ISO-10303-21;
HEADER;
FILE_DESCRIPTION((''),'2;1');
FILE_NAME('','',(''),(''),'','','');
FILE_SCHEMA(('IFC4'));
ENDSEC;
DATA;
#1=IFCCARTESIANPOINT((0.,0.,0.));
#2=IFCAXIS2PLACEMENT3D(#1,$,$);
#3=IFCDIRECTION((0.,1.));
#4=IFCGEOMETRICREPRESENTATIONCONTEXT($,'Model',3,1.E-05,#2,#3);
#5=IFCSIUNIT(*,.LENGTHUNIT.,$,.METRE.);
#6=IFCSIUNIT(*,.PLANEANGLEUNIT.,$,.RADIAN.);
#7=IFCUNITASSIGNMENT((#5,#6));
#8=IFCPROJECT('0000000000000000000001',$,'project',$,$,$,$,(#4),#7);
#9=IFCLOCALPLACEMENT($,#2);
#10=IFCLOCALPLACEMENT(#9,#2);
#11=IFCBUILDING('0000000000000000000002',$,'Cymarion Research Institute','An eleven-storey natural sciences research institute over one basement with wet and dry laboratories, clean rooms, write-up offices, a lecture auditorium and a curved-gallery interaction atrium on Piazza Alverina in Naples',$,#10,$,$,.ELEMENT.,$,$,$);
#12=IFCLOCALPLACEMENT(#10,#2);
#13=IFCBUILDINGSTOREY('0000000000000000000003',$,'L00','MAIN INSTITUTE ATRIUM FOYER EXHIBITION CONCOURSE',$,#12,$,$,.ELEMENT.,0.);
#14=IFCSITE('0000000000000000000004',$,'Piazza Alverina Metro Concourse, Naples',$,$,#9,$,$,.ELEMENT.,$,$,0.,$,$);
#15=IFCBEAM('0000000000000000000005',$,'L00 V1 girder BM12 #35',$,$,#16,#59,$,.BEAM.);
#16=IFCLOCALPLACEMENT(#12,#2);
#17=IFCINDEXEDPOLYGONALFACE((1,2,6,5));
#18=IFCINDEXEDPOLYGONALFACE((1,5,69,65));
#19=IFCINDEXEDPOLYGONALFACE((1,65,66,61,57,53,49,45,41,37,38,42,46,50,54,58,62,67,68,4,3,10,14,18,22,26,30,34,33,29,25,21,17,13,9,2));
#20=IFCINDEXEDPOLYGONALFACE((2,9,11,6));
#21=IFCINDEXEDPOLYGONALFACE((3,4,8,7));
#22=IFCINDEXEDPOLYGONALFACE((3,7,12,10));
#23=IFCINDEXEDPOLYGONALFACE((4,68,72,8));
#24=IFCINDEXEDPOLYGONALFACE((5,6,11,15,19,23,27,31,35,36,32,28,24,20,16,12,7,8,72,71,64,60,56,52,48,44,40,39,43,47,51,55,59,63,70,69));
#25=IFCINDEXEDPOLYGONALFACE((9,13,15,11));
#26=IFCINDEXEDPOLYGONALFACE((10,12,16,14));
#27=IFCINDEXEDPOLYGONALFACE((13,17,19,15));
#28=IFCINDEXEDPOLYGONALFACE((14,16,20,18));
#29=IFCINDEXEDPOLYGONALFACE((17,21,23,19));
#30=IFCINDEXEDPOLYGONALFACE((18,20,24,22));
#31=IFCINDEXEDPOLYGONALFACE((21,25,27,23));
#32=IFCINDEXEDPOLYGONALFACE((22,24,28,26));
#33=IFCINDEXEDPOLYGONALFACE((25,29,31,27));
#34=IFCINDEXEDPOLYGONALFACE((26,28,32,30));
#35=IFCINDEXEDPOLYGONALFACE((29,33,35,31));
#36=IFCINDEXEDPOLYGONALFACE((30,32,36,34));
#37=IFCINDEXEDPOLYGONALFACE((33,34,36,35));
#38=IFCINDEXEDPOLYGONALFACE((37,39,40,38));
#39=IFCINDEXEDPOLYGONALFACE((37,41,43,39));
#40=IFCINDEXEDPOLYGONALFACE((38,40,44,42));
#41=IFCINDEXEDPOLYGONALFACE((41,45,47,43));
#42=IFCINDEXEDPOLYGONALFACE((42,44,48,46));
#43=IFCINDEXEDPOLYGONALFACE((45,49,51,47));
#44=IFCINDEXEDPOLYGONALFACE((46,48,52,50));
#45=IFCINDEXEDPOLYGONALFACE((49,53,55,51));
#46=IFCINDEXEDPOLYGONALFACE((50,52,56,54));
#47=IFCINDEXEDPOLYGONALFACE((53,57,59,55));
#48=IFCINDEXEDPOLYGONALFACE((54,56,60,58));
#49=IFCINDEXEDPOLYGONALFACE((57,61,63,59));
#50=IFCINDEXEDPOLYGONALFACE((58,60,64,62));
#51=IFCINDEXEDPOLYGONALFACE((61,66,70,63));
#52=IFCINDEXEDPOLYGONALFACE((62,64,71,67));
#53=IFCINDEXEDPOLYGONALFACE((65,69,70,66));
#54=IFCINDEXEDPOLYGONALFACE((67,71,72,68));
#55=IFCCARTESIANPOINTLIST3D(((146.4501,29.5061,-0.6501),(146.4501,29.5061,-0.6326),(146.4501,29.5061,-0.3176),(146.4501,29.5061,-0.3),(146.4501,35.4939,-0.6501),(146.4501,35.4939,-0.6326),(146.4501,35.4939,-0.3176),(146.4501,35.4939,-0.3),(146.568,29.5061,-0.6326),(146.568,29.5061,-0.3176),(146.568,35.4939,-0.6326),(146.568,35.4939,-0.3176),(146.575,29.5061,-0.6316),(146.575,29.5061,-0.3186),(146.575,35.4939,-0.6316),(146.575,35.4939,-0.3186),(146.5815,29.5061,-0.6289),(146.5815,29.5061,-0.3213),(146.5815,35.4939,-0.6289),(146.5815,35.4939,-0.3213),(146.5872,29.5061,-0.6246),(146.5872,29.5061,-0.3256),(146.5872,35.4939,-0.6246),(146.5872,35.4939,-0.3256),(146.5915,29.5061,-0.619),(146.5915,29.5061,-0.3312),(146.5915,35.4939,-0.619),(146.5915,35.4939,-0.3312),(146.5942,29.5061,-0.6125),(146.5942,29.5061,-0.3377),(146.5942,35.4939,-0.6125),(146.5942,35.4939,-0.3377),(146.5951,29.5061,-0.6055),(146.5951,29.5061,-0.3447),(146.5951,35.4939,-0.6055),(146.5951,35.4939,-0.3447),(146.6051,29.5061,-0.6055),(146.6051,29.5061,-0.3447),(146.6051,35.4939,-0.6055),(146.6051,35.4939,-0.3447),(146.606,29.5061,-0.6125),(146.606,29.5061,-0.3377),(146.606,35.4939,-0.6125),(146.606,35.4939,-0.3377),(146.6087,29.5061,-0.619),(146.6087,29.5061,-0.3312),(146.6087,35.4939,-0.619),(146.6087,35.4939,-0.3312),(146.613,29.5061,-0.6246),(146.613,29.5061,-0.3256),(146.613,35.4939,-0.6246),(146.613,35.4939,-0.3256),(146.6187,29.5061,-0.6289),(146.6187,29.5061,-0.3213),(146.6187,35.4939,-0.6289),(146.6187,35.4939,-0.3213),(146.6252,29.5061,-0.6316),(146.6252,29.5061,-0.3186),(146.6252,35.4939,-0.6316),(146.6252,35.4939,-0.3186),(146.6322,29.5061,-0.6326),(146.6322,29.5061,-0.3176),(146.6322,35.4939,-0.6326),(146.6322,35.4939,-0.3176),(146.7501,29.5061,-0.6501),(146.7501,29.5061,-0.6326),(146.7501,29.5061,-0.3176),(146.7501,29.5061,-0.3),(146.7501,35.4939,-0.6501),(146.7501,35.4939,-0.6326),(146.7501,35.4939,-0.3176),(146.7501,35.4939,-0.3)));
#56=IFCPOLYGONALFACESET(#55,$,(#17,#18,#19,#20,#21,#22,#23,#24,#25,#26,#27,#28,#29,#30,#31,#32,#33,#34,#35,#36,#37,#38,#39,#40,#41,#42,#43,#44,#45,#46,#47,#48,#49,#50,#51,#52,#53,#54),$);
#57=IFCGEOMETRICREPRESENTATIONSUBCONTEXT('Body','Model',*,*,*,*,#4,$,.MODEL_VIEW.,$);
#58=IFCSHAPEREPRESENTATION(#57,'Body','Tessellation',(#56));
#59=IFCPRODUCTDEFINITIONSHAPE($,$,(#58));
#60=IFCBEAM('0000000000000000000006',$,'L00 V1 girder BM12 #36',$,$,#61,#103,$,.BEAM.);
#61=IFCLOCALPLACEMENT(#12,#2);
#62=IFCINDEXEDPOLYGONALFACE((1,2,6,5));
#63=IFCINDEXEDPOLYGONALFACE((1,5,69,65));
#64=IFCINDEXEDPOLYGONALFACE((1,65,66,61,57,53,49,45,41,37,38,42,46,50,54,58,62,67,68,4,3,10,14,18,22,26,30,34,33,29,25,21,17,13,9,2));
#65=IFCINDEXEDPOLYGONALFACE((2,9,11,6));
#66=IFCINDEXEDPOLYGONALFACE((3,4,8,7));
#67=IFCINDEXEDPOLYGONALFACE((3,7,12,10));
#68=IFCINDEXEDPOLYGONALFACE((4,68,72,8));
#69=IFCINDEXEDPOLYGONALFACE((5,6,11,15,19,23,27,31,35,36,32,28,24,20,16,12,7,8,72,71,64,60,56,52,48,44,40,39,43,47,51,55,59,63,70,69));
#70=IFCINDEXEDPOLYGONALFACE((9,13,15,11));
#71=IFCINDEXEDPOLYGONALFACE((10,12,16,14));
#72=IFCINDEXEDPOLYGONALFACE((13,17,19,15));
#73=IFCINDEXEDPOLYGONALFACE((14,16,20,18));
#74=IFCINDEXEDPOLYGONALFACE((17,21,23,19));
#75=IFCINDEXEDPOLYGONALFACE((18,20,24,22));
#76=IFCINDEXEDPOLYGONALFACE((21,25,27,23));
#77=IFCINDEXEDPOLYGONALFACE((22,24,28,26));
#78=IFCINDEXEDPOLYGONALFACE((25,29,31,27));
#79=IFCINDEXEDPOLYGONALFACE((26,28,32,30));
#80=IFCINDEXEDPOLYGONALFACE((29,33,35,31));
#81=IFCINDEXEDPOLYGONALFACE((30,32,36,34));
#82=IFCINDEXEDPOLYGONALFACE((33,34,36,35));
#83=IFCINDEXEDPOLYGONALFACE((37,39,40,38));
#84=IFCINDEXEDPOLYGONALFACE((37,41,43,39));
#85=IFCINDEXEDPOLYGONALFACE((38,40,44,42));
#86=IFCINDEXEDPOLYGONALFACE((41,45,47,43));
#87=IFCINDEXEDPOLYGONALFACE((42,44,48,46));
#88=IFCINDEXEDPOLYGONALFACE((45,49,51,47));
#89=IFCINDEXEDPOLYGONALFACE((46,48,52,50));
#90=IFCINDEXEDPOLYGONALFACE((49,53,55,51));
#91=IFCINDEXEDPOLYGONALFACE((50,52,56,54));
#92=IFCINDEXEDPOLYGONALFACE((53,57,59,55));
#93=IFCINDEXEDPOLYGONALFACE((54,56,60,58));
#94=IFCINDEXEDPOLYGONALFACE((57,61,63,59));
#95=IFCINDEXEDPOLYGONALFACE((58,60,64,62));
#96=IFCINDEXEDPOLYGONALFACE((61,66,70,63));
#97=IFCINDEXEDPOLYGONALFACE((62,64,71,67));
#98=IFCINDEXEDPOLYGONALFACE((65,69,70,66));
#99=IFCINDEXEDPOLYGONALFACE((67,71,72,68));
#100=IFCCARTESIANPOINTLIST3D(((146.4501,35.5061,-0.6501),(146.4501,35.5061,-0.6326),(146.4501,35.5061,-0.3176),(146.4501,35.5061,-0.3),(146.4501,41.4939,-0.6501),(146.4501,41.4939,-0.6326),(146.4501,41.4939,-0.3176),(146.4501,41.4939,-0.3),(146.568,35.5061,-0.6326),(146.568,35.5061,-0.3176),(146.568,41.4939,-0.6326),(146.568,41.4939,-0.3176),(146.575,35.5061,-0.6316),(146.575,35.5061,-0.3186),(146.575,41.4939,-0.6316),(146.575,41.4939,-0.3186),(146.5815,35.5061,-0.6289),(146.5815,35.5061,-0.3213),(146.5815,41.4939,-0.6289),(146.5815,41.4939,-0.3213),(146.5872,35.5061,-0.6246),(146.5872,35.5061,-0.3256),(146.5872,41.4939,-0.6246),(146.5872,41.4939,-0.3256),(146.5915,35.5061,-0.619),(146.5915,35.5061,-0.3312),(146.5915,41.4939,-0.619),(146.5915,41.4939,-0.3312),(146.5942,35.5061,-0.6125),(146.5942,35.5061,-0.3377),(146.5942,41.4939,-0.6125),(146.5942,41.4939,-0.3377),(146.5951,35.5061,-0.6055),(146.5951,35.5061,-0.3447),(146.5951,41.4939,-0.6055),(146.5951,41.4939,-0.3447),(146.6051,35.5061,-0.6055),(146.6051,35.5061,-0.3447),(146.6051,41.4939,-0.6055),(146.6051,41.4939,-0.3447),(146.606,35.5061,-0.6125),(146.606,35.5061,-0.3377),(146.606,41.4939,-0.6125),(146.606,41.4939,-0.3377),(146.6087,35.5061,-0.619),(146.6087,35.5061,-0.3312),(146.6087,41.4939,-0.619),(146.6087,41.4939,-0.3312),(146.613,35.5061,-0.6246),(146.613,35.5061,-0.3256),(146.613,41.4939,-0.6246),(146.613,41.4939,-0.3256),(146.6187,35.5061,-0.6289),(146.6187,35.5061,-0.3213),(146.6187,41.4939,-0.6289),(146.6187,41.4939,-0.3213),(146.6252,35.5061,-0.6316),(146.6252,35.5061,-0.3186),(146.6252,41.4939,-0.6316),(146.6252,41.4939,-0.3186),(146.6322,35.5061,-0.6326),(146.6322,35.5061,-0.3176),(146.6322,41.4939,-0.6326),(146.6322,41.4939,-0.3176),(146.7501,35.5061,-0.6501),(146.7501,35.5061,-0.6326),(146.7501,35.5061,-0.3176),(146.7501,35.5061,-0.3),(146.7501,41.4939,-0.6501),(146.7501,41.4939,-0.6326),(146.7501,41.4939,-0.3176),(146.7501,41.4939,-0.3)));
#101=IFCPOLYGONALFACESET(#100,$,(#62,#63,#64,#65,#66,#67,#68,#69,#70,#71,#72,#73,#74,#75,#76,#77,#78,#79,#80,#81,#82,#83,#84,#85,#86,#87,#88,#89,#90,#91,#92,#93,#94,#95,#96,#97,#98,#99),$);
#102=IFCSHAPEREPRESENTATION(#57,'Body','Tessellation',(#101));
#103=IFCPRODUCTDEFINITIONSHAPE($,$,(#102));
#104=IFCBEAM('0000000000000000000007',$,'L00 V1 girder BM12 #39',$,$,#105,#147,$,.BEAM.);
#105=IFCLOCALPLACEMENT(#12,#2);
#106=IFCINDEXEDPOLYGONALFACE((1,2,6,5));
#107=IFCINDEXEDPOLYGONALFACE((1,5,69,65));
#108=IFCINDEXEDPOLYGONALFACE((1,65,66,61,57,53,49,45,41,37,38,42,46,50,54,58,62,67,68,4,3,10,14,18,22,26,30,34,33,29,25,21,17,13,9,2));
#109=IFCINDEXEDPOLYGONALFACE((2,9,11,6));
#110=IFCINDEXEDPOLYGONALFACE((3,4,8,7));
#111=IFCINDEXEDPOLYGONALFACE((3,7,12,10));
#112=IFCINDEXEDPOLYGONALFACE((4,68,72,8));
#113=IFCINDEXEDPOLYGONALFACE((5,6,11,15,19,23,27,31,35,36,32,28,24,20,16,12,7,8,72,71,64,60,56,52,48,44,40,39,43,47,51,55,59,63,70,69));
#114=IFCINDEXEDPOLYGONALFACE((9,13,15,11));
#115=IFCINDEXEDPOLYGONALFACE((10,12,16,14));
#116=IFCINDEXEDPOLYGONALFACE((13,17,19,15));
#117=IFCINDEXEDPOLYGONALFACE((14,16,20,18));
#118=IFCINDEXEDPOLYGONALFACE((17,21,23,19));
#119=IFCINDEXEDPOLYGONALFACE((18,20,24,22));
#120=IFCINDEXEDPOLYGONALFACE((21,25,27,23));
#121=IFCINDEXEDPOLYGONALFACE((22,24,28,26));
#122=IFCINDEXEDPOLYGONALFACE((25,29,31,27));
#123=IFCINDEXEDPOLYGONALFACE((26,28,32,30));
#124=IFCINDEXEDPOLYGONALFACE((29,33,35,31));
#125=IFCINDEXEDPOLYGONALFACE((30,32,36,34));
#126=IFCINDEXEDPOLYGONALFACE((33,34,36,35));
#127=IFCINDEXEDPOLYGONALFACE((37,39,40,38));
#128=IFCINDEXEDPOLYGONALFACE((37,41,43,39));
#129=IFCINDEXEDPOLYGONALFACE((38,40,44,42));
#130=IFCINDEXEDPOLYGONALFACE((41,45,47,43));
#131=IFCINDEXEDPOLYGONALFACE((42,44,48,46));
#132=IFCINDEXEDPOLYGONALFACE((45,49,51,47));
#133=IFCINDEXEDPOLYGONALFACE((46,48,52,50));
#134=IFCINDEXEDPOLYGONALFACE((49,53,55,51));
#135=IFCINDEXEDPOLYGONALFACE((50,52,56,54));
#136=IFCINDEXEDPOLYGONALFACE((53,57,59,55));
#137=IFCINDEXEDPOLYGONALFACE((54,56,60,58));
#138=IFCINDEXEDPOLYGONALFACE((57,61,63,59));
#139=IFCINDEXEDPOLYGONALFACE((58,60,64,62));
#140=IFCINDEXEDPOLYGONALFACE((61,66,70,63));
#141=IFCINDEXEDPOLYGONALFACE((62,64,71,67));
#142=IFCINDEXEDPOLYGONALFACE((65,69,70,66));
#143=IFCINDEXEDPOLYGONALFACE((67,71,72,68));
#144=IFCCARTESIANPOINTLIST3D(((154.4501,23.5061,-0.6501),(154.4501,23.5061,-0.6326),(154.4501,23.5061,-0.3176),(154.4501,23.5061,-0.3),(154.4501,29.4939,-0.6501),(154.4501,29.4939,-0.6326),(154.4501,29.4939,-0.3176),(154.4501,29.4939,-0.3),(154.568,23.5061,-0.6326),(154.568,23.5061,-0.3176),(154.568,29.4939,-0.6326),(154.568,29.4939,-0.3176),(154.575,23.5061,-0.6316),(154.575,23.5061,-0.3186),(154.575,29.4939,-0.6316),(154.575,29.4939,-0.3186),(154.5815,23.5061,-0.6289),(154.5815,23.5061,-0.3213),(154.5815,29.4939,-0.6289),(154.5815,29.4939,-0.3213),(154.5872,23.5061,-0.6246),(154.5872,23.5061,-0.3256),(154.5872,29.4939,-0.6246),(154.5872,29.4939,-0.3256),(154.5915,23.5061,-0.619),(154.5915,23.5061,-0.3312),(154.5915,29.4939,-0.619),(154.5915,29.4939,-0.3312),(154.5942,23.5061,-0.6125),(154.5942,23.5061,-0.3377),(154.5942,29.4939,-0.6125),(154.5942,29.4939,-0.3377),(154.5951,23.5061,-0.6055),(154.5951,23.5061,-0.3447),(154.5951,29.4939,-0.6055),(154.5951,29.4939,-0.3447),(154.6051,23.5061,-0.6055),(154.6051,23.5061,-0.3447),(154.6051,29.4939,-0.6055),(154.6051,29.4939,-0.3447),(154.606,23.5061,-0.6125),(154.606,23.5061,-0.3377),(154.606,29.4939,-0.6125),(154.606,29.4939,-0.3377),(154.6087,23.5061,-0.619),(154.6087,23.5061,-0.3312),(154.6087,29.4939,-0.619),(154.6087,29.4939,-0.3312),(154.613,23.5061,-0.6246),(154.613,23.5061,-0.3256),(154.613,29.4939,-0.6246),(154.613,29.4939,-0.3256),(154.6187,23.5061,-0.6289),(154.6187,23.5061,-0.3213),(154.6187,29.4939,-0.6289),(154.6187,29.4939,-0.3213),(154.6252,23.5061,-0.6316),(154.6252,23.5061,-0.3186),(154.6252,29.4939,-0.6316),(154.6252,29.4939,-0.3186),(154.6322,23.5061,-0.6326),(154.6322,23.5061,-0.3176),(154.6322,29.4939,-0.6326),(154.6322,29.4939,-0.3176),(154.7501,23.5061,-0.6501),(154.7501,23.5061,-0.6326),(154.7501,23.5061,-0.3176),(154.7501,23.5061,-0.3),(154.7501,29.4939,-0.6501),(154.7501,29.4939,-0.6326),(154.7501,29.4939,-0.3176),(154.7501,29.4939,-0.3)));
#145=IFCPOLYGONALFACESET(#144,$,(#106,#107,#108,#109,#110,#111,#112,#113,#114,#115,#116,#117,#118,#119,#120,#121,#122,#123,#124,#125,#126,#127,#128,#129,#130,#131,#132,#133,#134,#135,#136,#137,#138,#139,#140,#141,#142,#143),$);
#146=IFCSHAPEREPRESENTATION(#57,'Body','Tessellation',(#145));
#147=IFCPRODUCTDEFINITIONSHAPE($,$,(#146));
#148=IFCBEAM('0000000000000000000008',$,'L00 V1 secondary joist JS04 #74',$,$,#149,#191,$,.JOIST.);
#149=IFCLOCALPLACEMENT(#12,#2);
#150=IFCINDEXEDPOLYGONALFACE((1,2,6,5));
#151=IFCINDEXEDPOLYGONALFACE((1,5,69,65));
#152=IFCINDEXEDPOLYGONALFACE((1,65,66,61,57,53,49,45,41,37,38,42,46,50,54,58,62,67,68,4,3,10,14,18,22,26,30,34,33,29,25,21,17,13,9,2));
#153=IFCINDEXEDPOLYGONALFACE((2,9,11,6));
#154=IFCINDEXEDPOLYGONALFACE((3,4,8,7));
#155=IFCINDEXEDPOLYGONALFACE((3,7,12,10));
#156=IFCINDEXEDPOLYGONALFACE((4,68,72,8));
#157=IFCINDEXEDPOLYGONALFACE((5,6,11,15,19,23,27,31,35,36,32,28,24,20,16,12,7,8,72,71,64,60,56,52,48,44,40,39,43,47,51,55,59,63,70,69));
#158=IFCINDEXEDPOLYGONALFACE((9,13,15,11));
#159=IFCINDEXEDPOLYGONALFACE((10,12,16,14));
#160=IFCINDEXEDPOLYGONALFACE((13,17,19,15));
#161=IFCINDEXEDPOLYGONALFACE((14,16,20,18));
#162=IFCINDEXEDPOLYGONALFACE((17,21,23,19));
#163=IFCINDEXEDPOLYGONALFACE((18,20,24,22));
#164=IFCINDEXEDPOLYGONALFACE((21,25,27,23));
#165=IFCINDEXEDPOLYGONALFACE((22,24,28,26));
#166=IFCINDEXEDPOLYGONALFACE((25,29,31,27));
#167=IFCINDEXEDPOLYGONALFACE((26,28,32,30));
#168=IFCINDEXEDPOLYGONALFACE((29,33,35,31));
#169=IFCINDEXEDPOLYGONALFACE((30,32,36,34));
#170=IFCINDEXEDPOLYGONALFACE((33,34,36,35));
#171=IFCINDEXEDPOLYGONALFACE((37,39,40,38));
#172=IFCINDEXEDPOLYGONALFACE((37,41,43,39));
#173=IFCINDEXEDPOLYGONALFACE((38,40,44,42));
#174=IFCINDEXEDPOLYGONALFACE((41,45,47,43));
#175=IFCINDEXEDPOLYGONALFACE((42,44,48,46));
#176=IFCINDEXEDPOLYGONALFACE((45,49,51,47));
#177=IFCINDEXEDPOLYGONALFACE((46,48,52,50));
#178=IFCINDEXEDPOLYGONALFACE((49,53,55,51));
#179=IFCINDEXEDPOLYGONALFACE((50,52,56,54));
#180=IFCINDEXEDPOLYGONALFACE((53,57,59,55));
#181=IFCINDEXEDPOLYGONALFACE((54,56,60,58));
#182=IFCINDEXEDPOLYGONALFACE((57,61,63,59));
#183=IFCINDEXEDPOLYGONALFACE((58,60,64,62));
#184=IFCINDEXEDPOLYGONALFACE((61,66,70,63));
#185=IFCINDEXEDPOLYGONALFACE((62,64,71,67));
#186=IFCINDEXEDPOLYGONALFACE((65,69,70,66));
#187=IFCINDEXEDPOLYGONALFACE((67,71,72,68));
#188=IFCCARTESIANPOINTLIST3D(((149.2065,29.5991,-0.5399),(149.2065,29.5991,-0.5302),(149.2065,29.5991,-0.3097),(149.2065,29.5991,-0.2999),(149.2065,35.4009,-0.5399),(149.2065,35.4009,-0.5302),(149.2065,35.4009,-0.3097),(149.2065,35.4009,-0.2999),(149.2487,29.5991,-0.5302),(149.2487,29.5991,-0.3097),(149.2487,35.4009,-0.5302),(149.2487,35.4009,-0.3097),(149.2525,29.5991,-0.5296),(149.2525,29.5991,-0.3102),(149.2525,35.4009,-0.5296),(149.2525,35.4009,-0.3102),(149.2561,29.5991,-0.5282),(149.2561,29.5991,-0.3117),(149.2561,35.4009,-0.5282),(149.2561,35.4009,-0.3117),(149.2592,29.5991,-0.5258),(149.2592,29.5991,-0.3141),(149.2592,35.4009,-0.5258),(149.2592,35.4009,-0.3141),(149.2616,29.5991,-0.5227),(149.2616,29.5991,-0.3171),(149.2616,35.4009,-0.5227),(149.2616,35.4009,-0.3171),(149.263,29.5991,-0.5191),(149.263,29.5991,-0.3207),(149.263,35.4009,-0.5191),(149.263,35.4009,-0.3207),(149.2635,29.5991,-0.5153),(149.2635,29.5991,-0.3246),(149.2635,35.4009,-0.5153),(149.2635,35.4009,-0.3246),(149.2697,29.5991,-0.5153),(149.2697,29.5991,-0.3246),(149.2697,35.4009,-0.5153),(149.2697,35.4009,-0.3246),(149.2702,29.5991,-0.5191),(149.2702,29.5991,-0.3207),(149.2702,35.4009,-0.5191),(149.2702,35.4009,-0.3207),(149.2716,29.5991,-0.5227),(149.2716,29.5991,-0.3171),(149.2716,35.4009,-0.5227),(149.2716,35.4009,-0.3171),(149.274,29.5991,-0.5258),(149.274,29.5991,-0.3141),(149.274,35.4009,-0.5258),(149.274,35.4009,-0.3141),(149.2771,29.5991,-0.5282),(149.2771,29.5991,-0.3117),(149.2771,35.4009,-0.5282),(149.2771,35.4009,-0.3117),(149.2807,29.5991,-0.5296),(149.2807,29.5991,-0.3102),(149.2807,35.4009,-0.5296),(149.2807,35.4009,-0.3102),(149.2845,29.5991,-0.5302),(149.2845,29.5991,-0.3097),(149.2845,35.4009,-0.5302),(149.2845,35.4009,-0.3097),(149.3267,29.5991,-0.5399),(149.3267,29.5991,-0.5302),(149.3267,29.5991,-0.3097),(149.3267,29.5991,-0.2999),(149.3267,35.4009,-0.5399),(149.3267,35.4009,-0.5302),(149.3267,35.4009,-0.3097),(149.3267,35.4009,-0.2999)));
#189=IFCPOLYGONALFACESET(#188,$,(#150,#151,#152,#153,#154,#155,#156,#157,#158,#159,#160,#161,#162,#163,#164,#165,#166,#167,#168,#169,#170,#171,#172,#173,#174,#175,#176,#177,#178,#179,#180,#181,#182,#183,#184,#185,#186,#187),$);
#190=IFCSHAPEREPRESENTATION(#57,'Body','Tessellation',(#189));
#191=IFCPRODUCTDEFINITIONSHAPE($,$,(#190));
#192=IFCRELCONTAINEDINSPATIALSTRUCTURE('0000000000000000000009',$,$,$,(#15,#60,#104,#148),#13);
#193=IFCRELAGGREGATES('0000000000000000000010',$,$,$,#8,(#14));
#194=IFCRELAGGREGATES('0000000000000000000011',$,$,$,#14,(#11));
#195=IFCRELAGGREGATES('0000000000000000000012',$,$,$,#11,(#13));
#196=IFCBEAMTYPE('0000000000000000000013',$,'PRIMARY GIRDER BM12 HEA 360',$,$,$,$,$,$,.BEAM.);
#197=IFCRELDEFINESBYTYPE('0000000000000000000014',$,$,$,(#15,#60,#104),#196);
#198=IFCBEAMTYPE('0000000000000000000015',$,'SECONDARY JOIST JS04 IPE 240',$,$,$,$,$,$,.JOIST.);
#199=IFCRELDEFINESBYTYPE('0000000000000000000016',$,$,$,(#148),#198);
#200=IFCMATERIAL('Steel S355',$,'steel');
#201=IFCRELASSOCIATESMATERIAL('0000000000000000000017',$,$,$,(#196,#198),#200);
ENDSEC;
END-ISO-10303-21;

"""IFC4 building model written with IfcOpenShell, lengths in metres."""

from ifc_helpers import new_model, si_unit, direction, frame, origin, origin_2d, place, context, subcontext, project, spatial, i_section, extrude, material, material_profile, profile_set, type_object, element, save


model = new_model("IFC4")

# Units and contexts
model_context = context("Model", 3, precision=1e-05, world=origin(), true_north=direction((0.0, 1.0)))
body_context = subcontext(model_context, "Body", "Model", "MODEL_VIEW")
ifc_project = project(units=[si_unit("LENGTHUNIT", "METRE"), si_unit("PLANEANGLEUNIT", "RADIAN")], contexts=[model_context])

# Site, building, storey
site_placement = place(None, origin())
site = spatial("IfcSite", under=ifc_project, at=site_placement, Name="Piazza Alverina Metro Concourse, Naples", CompositionType="ELEMENT", RefElevation=0.0)
building_placement = place(site_placement, origin())
building = spatial("IfcBuilding", under=site, at=building_placement, Name="Cymarion Research Institute", Description="An eleven-storey natural sciences research institute over one basement with wet and dry laboratories, clean rooms, write-up offices, a lecture auditorium and a curved-gallery interaction atrium on Piazza Alverina in Naples", CompositionType="ELEMENT")
storey_placement = place(building_placement, origin())
storey = spatial("IfcBuildingStorey", under=building, at=storey_placement, Name="L00", Description="MAIN INSTITUTE ATRIUM FOYER EXHIBITION CONCOURSE", CompositionType="ELEMENT", Elevation=0.0)

# Shared definitions
ifc_material_1 = material(Name="Steel S355", Category="steel")

# Beams
ifc_material_profile_1 = material_profile(ifc_material_1, i_section(OverallWidth=0.3, OverallDepth=0.3501, WebThickness=0.01, FlangeThickness=0.0176, FilletRadius=0.0271, at=origin_2d()), Name="HEA 360")
ifc_profile_set_1 = profile_set([ifc_material_profile_1], Name="Steel S355")
beam_type_1 = type_object("IfcBeamType", Name="PRIMARY GIRDER BM12 HEA 360", PredefinedType="BEAM", material=ifc_profile_set_1)
for number, where, z_axis, x_axis, name in (
    (1, (146.6001, 29.5061, -0.4751), (0.0, 1.0, 0.0), (-1.0, 0.0, 0.0), "L00 V1 girder BM12 #35"),
    (2, (146.6001, 35.5061, -0.4751), (0.0, 1.0, 0.0), (-1.0, 0.0, 0.0), "L00 V1 girder BM12 #36"),
    (3, (154.6001, 23.5061, -0.4751), (0.0, 1.0, 0.0), (-1.0, 0.0, 0.0), "L00 V1 girder BM12 #39"),
):
    element("IfcBeam", number, at=place(storey_placement, frame(where, z_axis=z_axis, x_axis=x_axis)), inside=storey, type_object=beam_type_1, Name=name, PredefinedType="BEAM", context=body_context, shape_type="SweptSolid", body=[
        extrude(i_section(OverallWidth=0.3, OverallDepth=0.3501, WebThickness=0.01, FlangeThickness=0.0176, FilletRadius=0.0271, at=origin_2d()), origin(), (0.0, 0.0, 1.0), 5.9878),
    ])
ifc_material_profile_2 = material_profile(ifc_material_1, i_section(OverallWidth=0.1201, OverallDepth=0.24, WebThickness=0.0061, FlangeThickness=0.0098, FilletRadius=0.0149, at=origin_2d()), Name="IPE 240")
ifc_profile_set_2 = profile_set([ifc_material_profile_2], Name="Steel S355")
beam_type_2 = type_object("IfcBeamType", Name="SECONDARY JOIST JS04 IPE 240", PredefinedType="JOIST", material=ifc_profile_set_2)
for number, where, z_axis, x_axis, name in (
    (4, (149.2666, 29.5991, -0.4199), (0.0, 1.0, 0.0), (-1.0, 0.0, 0.0), "L00 V1 secondary joist JS04 #74"),
):
    element("IfcBeam", number, at=place(storey_placement, frame(where, z_axis=z_axis, x_axis=x_axis)), inside=storey, type_object=beam_type_2, Name=name, PredefinedType="JOIST", context=body_context, shape_type="SweptSolid", body=[
        extrude(i_section(OverallWidth=0.1201, OverallDepth=0.24, WebThickness=0.0061, FlangeThickness=0.0098, FilletRadius=0.0149, at=origin_2d()), origin(), (0.0, 0.0, 1.0), 5.8018),
    ])

save(model, "model.ifc")
